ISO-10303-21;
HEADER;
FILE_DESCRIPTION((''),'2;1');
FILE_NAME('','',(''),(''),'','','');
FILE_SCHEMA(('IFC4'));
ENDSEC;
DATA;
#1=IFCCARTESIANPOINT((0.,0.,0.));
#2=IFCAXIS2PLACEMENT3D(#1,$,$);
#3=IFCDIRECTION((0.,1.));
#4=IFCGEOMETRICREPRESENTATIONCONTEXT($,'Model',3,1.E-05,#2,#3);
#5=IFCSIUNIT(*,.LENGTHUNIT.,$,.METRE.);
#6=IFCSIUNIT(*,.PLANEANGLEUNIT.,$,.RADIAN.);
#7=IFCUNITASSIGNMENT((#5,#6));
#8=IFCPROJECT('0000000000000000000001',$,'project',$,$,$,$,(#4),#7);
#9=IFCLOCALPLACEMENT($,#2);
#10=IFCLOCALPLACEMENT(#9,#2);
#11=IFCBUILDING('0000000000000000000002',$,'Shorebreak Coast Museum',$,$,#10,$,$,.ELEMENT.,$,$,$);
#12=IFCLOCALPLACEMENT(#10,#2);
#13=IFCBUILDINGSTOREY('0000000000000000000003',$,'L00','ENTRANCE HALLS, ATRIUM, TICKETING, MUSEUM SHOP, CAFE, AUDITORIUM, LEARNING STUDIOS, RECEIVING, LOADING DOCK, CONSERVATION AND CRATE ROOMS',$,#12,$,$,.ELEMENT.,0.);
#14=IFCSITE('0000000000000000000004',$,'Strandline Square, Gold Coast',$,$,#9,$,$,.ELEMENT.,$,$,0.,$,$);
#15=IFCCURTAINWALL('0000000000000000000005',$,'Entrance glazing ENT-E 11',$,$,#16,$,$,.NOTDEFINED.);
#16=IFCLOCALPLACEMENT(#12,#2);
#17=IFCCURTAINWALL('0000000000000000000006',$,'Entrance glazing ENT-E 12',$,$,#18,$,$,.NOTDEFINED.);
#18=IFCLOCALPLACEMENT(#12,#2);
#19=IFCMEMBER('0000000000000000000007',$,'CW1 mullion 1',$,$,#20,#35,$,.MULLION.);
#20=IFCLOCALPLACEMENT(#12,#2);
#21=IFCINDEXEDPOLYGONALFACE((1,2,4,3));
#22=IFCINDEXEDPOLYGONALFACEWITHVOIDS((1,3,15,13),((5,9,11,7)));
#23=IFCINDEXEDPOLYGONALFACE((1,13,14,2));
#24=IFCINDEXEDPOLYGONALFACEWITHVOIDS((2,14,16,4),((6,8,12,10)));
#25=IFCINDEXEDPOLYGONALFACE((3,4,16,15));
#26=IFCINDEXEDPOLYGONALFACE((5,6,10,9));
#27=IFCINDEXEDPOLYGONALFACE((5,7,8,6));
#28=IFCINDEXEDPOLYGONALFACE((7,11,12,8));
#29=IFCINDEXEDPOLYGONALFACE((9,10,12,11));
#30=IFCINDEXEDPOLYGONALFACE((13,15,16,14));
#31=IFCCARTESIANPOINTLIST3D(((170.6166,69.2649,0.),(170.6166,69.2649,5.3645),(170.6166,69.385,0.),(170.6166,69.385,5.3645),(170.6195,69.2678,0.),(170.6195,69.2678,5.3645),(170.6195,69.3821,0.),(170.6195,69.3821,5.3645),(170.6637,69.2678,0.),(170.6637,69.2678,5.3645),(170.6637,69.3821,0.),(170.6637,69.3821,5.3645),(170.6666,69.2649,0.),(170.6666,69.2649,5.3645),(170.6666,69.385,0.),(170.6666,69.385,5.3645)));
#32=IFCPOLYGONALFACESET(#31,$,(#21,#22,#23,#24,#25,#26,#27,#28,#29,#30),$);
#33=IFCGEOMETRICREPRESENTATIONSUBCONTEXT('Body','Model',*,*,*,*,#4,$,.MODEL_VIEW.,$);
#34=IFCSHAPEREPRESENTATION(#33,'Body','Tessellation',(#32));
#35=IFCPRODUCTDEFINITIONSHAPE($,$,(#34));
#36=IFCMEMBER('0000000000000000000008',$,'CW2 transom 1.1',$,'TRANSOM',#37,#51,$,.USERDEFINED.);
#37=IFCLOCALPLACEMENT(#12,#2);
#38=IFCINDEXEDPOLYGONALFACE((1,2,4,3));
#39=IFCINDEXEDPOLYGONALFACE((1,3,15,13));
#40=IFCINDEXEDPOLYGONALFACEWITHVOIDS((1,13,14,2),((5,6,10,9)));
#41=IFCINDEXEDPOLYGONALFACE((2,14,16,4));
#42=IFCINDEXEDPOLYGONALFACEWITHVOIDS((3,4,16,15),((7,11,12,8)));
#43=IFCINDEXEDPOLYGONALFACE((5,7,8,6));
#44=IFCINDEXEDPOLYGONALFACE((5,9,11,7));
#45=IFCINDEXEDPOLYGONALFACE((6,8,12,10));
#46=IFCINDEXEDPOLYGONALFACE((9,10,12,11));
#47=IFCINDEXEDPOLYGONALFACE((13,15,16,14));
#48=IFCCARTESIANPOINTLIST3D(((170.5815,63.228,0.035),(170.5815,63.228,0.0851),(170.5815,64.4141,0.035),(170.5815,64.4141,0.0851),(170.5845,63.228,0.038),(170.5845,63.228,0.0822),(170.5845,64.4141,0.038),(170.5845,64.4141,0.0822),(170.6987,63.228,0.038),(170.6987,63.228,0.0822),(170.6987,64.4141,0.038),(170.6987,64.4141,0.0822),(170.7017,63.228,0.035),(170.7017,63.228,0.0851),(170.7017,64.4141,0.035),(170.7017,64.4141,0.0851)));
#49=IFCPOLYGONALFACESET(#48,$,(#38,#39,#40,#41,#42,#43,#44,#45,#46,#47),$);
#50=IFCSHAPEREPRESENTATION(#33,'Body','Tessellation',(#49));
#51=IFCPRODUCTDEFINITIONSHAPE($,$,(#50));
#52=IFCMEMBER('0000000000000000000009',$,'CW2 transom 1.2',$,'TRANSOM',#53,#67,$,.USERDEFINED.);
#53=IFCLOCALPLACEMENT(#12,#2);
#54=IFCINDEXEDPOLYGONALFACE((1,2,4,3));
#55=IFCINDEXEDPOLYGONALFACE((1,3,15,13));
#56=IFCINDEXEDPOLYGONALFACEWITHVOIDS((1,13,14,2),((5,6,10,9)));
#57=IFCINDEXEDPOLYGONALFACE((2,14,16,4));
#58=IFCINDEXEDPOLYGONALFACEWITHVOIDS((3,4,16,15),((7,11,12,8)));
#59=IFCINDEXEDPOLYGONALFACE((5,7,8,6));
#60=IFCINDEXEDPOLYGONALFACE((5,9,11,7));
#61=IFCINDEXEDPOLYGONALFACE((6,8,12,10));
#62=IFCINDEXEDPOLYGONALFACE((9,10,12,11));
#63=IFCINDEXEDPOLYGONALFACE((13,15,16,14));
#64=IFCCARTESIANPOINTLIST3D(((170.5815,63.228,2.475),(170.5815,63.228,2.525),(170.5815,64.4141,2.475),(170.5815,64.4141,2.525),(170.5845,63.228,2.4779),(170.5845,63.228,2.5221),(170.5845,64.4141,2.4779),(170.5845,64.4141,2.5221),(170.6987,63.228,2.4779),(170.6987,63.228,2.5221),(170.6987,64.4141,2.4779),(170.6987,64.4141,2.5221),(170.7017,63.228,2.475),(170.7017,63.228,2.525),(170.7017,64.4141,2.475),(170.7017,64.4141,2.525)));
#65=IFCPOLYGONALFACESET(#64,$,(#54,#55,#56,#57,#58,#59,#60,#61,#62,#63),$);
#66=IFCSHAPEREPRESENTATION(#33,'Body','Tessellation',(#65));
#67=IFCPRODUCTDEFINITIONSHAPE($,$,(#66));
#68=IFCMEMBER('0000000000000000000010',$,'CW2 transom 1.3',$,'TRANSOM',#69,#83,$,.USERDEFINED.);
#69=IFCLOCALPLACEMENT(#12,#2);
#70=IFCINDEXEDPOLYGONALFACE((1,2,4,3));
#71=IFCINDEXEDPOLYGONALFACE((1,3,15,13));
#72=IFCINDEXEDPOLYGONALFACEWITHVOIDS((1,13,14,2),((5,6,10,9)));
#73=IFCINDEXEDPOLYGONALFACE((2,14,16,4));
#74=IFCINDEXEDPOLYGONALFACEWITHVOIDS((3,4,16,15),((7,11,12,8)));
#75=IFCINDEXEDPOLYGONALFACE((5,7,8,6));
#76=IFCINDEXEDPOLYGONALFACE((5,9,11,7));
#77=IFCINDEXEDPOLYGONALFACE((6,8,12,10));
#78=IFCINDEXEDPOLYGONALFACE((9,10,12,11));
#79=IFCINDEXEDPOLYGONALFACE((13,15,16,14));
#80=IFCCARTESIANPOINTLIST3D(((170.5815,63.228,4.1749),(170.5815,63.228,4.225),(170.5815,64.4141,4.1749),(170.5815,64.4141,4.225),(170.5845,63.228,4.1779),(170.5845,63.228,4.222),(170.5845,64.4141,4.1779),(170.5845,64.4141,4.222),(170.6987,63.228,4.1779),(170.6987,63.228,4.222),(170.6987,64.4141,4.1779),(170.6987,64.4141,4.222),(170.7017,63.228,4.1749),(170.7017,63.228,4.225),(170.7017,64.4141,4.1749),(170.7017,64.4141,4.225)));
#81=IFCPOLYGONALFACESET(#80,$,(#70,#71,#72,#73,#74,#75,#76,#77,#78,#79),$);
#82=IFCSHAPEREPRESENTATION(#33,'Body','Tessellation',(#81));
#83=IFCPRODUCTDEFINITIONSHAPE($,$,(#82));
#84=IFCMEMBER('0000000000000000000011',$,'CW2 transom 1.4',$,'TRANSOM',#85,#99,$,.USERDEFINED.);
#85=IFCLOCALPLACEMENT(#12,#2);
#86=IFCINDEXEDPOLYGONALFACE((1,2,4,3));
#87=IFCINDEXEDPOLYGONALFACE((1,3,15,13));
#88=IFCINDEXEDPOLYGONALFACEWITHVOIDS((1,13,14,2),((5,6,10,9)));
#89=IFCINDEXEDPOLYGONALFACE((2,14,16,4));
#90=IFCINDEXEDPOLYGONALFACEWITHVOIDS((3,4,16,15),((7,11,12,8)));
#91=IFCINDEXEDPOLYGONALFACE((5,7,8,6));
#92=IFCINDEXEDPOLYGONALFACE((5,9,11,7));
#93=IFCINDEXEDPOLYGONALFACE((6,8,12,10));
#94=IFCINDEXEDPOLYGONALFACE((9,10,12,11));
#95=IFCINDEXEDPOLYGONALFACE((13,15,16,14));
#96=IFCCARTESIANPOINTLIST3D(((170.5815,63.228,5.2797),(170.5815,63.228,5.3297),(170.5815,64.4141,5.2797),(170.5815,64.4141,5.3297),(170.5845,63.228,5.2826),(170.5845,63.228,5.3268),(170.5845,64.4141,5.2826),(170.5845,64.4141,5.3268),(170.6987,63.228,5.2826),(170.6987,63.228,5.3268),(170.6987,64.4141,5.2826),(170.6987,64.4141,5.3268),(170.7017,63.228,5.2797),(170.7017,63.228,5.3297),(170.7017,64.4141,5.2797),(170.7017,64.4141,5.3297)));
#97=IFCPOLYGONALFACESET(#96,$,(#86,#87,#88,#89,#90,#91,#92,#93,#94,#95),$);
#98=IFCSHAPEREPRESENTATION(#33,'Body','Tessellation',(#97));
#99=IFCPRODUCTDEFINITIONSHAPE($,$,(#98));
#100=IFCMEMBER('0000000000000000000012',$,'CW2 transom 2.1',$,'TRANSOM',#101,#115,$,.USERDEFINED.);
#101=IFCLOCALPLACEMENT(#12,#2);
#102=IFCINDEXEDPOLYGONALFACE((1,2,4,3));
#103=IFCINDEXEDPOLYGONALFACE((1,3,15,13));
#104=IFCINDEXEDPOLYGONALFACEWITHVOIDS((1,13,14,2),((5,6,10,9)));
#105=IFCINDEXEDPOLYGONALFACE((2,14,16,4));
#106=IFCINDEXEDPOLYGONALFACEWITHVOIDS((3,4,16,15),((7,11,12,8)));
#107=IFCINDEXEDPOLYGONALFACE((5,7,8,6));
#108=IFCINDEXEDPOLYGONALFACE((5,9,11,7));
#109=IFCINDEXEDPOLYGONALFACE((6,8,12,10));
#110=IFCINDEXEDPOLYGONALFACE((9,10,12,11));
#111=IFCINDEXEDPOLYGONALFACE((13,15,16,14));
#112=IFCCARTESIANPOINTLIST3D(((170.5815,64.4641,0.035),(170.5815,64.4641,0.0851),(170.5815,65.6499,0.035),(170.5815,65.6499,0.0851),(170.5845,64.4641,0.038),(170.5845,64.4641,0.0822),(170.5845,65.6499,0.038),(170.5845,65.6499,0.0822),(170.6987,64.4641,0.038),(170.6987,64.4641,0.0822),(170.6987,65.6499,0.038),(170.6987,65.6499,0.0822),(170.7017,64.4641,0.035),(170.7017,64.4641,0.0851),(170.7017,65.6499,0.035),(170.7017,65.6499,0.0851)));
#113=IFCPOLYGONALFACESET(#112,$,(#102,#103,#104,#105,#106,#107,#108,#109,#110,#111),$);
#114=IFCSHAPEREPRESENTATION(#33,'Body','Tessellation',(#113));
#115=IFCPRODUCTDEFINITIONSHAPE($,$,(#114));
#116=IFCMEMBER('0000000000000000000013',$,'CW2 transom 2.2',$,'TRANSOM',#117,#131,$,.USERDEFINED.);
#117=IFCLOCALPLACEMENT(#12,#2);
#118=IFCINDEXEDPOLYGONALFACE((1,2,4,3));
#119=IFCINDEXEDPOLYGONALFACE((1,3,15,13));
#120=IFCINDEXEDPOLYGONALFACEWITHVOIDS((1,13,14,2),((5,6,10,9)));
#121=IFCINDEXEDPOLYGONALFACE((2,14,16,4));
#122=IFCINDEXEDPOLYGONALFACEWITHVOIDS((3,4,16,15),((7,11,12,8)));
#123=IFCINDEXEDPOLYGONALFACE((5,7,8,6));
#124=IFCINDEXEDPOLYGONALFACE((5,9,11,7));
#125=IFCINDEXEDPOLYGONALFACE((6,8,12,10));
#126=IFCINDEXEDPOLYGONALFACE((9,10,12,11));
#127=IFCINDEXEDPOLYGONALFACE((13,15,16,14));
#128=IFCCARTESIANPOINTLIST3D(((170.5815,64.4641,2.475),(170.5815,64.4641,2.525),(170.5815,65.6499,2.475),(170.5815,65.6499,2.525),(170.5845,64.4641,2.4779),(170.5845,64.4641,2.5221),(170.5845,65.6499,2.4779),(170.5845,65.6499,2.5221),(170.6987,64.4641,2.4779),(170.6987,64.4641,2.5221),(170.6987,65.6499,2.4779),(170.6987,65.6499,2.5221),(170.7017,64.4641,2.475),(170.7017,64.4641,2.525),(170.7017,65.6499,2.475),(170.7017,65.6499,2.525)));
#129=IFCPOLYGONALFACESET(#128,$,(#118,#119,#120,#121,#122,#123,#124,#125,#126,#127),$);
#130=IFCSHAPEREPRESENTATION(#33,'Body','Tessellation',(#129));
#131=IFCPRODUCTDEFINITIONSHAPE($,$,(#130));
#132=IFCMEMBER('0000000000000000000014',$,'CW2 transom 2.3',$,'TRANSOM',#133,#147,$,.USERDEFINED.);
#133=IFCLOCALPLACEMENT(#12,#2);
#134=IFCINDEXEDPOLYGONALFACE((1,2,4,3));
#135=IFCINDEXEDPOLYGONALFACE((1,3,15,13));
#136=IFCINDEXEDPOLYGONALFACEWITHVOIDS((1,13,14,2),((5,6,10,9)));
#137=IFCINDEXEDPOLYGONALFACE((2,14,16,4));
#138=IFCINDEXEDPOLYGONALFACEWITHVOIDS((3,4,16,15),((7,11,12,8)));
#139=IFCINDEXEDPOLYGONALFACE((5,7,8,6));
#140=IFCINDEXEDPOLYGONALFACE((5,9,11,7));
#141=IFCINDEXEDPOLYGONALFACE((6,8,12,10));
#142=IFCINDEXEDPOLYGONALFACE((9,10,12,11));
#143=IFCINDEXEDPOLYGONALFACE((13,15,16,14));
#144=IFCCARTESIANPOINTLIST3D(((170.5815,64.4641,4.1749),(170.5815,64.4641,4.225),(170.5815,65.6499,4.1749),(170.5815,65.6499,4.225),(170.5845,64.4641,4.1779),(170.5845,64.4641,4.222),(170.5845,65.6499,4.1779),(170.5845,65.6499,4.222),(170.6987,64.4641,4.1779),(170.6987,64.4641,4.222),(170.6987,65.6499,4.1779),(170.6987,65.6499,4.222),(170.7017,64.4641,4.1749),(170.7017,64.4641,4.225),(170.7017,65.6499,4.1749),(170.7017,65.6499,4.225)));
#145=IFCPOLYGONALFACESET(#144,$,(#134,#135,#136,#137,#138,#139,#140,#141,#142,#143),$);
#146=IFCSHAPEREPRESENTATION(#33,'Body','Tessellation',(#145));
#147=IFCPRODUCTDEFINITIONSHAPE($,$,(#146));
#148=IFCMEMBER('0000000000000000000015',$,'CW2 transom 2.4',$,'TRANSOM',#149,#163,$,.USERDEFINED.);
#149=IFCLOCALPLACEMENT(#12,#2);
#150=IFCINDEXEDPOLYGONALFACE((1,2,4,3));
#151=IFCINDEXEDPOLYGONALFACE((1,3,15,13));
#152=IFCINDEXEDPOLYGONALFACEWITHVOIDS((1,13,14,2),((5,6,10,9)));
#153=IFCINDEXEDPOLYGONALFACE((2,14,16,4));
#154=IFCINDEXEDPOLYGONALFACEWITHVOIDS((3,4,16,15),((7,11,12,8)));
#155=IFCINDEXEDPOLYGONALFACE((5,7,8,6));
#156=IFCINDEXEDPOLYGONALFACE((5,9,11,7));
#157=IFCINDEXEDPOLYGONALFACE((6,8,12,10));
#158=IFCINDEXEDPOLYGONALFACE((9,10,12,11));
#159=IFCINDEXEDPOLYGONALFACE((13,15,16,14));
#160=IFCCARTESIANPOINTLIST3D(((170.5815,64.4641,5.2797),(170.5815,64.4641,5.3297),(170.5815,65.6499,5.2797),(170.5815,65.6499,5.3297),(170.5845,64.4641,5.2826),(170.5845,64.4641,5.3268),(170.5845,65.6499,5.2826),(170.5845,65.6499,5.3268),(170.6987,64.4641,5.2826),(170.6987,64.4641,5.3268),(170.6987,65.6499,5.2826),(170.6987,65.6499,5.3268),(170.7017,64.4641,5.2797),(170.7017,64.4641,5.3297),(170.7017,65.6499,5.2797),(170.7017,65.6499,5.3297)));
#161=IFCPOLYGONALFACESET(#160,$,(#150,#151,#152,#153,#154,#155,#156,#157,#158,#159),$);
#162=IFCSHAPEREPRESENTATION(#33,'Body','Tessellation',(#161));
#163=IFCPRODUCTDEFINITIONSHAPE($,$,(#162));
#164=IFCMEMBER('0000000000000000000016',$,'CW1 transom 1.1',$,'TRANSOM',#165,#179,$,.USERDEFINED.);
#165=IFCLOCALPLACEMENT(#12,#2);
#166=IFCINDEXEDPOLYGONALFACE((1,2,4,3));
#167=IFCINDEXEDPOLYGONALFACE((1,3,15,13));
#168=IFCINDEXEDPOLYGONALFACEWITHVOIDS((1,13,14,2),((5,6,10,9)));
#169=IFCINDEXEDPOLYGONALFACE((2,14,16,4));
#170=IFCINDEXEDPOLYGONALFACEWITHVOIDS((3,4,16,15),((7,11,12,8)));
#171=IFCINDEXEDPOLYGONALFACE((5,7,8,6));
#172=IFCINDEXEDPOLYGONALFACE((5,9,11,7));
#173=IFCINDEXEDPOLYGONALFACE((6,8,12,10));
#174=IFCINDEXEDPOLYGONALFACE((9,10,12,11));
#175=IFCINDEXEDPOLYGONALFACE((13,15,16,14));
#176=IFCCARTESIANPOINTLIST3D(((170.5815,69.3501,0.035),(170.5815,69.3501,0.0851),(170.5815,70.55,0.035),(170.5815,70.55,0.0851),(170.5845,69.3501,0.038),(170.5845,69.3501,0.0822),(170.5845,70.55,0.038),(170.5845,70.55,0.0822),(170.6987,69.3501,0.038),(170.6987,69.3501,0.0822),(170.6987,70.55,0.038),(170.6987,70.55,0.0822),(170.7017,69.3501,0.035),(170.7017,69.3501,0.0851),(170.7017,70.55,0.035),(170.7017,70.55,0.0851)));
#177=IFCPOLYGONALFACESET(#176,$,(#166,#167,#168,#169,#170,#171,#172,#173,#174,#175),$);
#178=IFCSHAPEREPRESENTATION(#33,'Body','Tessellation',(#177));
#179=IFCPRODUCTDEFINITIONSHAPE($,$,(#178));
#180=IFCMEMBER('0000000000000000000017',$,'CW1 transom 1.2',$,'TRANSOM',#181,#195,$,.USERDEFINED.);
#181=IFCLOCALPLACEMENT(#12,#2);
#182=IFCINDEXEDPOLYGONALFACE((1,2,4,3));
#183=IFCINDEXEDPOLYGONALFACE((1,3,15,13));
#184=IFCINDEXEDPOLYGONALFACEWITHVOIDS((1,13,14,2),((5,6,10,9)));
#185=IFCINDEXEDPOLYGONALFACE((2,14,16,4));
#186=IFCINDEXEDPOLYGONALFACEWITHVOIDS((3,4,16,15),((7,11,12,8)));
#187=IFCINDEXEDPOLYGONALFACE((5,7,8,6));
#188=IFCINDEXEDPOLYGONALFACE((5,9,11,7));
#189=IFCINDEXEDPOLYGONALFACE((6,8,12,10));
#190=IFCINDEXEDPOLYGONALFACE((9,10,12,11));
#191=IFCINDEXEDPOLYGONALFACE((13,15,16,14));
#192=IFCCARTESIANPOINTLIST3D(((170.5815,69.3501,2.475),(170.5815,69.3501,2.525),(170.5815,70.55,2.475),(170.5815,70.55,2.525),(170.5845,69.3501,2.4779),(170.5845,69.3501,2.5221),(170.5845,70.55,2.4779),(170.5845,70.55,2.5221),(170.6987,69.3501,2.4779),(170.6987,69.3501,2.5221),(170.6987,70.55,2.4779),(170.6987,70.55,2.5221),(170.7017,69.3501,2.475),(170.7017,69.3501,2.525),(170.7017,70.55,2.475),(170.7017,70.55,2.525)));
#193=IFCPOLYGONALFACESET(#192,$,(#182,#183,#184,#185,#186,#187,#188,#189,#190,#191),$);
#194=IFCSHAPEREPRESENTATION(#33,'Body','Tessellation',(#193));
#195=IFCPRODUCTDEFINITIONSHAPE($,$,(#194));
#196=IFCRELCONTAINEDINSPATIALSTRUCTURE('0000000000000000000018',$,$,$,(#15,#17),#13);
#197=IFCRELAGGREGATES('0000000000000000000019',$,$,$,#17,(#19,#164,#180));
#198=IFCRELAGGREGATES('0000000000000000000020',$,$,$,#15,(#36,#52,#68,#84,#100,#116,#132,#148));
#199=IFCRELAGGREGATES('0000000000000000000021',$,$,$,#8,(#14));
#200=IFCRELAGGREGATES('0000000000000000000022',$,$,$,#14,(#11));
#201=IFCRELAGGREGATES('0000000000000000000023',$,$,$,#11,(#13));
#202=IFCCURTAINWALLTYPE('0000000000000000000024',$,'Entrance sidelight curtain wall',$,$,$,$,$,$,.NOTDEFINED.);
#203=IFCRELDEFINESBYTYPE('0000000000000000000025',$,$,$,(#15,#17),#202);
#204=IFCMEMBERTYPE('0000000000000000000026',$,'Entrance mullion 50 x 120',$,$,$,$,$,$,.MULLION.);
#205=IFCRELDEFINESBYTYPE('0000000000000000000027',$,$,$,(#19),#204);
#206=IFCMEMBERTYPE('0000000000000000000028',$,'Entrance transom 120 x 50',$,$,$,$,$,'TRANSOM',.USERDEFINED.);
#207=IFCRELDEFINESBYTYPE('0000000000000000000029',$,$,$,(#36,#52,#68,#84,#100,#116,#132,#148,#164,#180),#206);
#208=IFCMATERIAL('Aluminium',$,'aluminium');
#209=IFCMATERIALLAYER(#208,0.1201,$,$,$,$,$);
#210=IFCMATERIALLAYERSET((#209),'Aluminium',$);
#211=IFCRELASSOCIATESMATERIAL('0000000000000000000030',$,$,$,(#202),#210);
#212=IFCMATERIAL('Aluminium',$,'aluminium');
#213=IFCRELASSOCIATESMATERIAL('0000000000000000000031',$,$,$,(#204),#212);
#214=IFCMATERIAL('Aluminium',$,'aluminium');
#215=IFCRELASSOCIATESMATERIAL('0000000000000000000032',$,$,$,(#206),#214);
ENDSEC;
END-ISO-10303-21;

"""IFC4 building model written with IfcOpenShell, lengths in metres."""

from ifc_helpers import new_model, si_unit, direction, frame, origin, origin_2d, place, context, subcontext, project, spatial, hollow_rectangle, extrude, material, layer, layer_set, material_profile, profile_set, type_object, element, aggregate, save


model = new_model("IFC4")

# Units and contexts
model_context = context("Model", 3, precision=1e-05, world=origin(), true_north=direction((0.0, 1.0)))
body_context = subcontext(model_context, "Body", "Model", "MODEL_VIEW")
ifc_project = project(units=[si_unit("LENGTHUNIT", "METRE"), si_unit("PLANEANGLEUNIT", "RADIAN")], contexts=[model_context])

# Site, building, storey
site_placement = place(None, origin())
site = spatial("IfcSite", under=ifc_project, at=site_placement, Name="Strandline Square, Gold Coast", CompositionType="ELEMENT", RefElevation=0.0)
building_placement = place(site_placement, origin())
building = spatial("IfcBuilding", under=site, at=building_placement, Name="Shorebreak Coast Museum", CompositionType="ELEMENT")
storey_placement = place(building_placement, origin())
storey = spatial("IfcBuildingStorey", under=building, at=storey_placement, Name="L00", Description="ENTRANCE HALLS, ATRIUM, TICKETING, MUSEUM SHOP, CAFE, AUDITORIUM, LEARNING STUDIOS, RECEIVING, LOADING DOCK, CONSERVATION AND CRATE ROOMS", CompositionType="ELEMENT", Elevation=0.0)

# Curtain wall
ifc_material_1 = material(Name="Aluminium", Category="aluminium")
ifc_layer_1 = layer(ifc_material_1, 0.1201)
ifc_layer_set_1 = layer_set([ifc_layer_1], Name="Aluminium")
curtain_wall_type = type_object("IfcCurtainWallType", Name="Entrance sidelight curtain wall", PredefinedType="NOTDEFINED", material=ifc_layer_set_1)
curtain_wall_1_placement = place(storey_placement, origin())
curtain_wall_1 = element("IfcCurtainWall", 1, at=curtain_wall_1_placement, inside=storey, type_object=curtain_wall_type, Name="Entrance glazing ENT-E 11", PredefinedType="NOTDEFINED")
ifc_material_2 = material(Name="Aluminium", Category="aluminium")
ifc_material_profile_1 = material_profile(ifc_material_2, hollow_rectangle(XDim=0.05, YDim=0.1201, WallThickness=0.0029, at=origin_2d()), Name="AL 120x50 RHS")
ifc_profile_set_1 = profile_set([ifc_material_profile_1], Name="Aluminium")
member_type_1 = type_object("IfcMemberType", Name="Entrance mullion 50 x 120", PredefinedType="MULLION", material=ifc_profile_set_1)

# Curtain wall, member
curtain_wall_2_placement = place(storey_placement, origin())
curtain_wall_2 = element("IfcCurtainWall", 2, at=curtain_wall_2_placement, inside=storey, type_object=curtain_wall_type, Name="Entrance glazing ENT-E 12", PredefinedType="NOTDEFINED")
member_1_placement = place(storey_placement, frame((170.6416, 69.325, 0.0), z_axis=(0.0, 0.0, 1.0), x_axis=(-1.0, 0.0, 0.0)))
member_1 = element("IfcMember", 3, at=member_1_placement, type_object=member_type_1, Name="CW1 mullion 1", PredefinedType="MULLION", context=body_context, shape_type="SweptSolid", body=[
    extrude(hollow_rectangle(XDim=0.05, YDim=0.1201, WallThickness=0.0029, at=origin_2d()), origin(), (0.0, 0.0, 1.0), 5.3645),
])

# Members
ifc_material_3 = material(Name="Aluminium", Category="aluminium")
ifc_material_profile_2 = material_profile(ifc_material_3, hollow_rectangle(XDim=0.1201, YDim=0.05, WallThickness=0.0029, at=origin_2d()), Name="AL 50x120 RHS")
ifc_profile_set_2 = profile_set([ifc_material_profile_2], Name="Aluminium")
member_type_2 = type_object("IfcMemberType", Name="Entrance transom 120 x 50", ElementType="TRANSOM", PredefinedType="USERDEFINED", material=ifc_profile_set_2)
member_2_placement = place(storey_placement, frame((170.6416, 63.228, 0.0601), z_axis=(0.0, 1.0, 0.0), x_axis=(-1.0, 0.0, 0.0)))
member_2 = element("IfcMember", 4, at=member_2_placement, type_object=member_type_2, Name="CW2 transom 1.1", ObjectType="TRANSOM", PredefinedType="USERDEFINED", context=body_context, shape_type="SweptSolid", body=[
    extrude(hollow_rectangle(XDim=0.1201, YDim=0.05, WallThickness=0.0029, at=origin_2d()), origin(), (0.0, 0.0, 1.0), 1.186),
])
member_3_placement = place(storey_placement, frame((170.6416, 63.228, 2.5), z_axis=(0.0, 1.0, 0.0), x_axis=(-1.0, 0.0, 0.0)))
member_3 = element("IfcMember", 5, at=member_3_placement, type_object=member_type_2, Name="CW2 transom 1.2", ObjectType="TRANSOM", PredefinedType="USERDEFINED", context=body_context, shape_type="SweptSolid", body=[
    extrude(hollow_rectangle(XDim=0.1201, YDim=0.05, WallThickness=0.0029, at=origin_2d()), origin(), (0.0, 0.0, 1.0), 1.186),
])
member_4_placement = place(storey_placement, frame((170.6416, 63.228, 4.2), z_axis=(0.0, 1.0, 0.0), x_axis=(-1.0, 0.0, 0.0)))
member_4 = element("IfcMember", 6, at=member_4_placement, type_object=member_type_2, Name="CW2 transom 1.3", ObjectType="TRANSOM", PredefinedType="USERDEFINED", context=body_context, shape_type="SweptSolid", body=[
    extrude(hollow_rectangle(XDim=0.1201, YDim=0.05, WallThickness=0.0029, at=origin_2d()), origin(), (0.0, 0.0, 1.0), 1.186),
])
member_5_placement = place(storey_placement, frame((170.6416, 63.228, 5.3047), z_axis=(0.0, 1.0, 0.0), x_axis=(-1.0, 0.0, 0.0)))
member_5 = element("IfcMember", 7, at=member_5_placement, type_object=member_type_2, Name="CW2 transom 1.4", ObjectType="TRANSOM", PredefinedType="USERDEFINED", context=body_context, shape_type="SweptSolid", body=[
    extrude(hollow_rectangle(XDim=0.1201, YDim=0.05, WallThickness=0.0029, at=origin_2d()), origin(), (0.0, 0.0, 1.0), 1.186),
])
member_6_placement = place(storey_placement, frame((170.6416, 64.4641, 0.0601), z_axis=(0.0, 1.0, 0.0), x_axis=(-1.0, 0.0, 0.0)))
member_6 = element("IfcMember", 8, at=member_6_placement, type_object=member_type_2, Name="CW2 transom 2.1", ObjectType="TRANSOM", PredefinedType="USERDEFINED", context=body_context, shape_type="SweptSolid", body=[
    extrude(hollow_rectangle(XDim=0.1201, YDim=0.05, WallThickness=0.0029, at=origin_2d()), origin(), (0.0, 0.0, 1.0), 1.1858),
])
member_7_placement = place(storey_placement, frame((170.6416, 64.4641, 2.5), z_axis=(0.0, 1.0, 0.0), x_axis=(-1.0, 0.0, 0.0)))
member_7 = element("IfcMember", 9, at=member_7_placement, type_object=member_type_2, Name="CW2 transom 2.2", ObjectType="TRANSOM", PredefinedType="USERDEFINED", context=body_context, shape_type="SweptSolid", body=[
    extrude(hollow_rectangle(XDim=0.1201, YDim=0.05, WallThickness=0.0029, at=origin_2d()), origin(), (0.0, 0.0, 1.0), 1.1858),
])
member_8_placement = place(storey_placement, frame((170.6416, 64.4641, 4.2), z_axis=(0.0, 1.0, 0.0), x_axis=(-1.0, 0.0, 0.0)))
member_8 = element("IfcMember", 10, at=member_8_placement, type_object=member_type_2, Name="CW2 transom 2.3", ObjectType="TRANSOM", PredefinedType="USERDEFINED", context=body_context, shape_type="SweptSolid", body=[
    extrude(hollow_rectangle(XDim=0.1201, YDim=0.05, WallThickness=0.0029, at=origin_2d()), origin(), (0.0, 0.0, 1.0), 1.1858),
])
member_9_placement = place(storey_placement, frame((170.6416, 64.4641, 5.3047), z_axis=(0.0, 1.0, 0.0), x_axis=(-1.0, 0.0, 0.0)))
member_9 = element("IfcMember", 11, at=member_9_placement, type_object=member_type_2, Name="CW2 transom 2.4", ObjectType="TRANSOM", PredefinedType="USERDEFINED", context=body_context, shape_type="SweptSolid", body=[
    extrude(hollow_rectangle(XDim=0.1201, YDim=0.05, WallThickness=0.0029, at=origin_2d()), origin(), (0.0, 0.0, 1.0), 1.1858),
])
member_10_placement = place(storey_placement, frame((170.6416, 69.3501, 0.0601), z_axis=(0.0, 1.0, 0.0), x_axis=(-1.0, 0.0, 0.0)))
member_10 = element("IfcMember", 12, at=member_10_placement, type_object=member_type_2, Name="CW1 transom 1.1", ObjectType="TRANSOM", PredefinedType="USERDEFINED", context=body_context, shape_type="SweptSolid", body=[
    extrude(hollow_rectangle(XDim=0.1201, YDim=0.05, WallThickness=0.0029, at=origin_2d()), origin(), (0.0, 0.0, 1.0), 1.2),
])
member_11_placement = place(storey_placement, frame((170.6416, 69.3501, 2.5), z_axis=(0.0, 1.0, 0.0), x_axis=(-1.0, 0.0, 0.0)))
member_11 = element("IfcMember", 13, at=member_11_placement, type_object=member_type_2, Name="CW1 transom 1.2", ObjectType="TRANSOM", PredefinedType="USERDEFINED", context=body_context, shape_type="SweptSolid", body=[
    extrude(hollow_rectangle(XDim=0.1201, YDim=0.05, WallThickness=0.0029, at=origin_2d()), origin(), (0.0, 0.0, 1.0), 1.2),
])
aggregate(curtain_wall_2, [member_1, member_10, member_11])

aggregate(curtain_wall_1, [member_2, member_3, member_4, member_5, member_6, member_7, member_8, member_9])

save(model, "model.ifc")
